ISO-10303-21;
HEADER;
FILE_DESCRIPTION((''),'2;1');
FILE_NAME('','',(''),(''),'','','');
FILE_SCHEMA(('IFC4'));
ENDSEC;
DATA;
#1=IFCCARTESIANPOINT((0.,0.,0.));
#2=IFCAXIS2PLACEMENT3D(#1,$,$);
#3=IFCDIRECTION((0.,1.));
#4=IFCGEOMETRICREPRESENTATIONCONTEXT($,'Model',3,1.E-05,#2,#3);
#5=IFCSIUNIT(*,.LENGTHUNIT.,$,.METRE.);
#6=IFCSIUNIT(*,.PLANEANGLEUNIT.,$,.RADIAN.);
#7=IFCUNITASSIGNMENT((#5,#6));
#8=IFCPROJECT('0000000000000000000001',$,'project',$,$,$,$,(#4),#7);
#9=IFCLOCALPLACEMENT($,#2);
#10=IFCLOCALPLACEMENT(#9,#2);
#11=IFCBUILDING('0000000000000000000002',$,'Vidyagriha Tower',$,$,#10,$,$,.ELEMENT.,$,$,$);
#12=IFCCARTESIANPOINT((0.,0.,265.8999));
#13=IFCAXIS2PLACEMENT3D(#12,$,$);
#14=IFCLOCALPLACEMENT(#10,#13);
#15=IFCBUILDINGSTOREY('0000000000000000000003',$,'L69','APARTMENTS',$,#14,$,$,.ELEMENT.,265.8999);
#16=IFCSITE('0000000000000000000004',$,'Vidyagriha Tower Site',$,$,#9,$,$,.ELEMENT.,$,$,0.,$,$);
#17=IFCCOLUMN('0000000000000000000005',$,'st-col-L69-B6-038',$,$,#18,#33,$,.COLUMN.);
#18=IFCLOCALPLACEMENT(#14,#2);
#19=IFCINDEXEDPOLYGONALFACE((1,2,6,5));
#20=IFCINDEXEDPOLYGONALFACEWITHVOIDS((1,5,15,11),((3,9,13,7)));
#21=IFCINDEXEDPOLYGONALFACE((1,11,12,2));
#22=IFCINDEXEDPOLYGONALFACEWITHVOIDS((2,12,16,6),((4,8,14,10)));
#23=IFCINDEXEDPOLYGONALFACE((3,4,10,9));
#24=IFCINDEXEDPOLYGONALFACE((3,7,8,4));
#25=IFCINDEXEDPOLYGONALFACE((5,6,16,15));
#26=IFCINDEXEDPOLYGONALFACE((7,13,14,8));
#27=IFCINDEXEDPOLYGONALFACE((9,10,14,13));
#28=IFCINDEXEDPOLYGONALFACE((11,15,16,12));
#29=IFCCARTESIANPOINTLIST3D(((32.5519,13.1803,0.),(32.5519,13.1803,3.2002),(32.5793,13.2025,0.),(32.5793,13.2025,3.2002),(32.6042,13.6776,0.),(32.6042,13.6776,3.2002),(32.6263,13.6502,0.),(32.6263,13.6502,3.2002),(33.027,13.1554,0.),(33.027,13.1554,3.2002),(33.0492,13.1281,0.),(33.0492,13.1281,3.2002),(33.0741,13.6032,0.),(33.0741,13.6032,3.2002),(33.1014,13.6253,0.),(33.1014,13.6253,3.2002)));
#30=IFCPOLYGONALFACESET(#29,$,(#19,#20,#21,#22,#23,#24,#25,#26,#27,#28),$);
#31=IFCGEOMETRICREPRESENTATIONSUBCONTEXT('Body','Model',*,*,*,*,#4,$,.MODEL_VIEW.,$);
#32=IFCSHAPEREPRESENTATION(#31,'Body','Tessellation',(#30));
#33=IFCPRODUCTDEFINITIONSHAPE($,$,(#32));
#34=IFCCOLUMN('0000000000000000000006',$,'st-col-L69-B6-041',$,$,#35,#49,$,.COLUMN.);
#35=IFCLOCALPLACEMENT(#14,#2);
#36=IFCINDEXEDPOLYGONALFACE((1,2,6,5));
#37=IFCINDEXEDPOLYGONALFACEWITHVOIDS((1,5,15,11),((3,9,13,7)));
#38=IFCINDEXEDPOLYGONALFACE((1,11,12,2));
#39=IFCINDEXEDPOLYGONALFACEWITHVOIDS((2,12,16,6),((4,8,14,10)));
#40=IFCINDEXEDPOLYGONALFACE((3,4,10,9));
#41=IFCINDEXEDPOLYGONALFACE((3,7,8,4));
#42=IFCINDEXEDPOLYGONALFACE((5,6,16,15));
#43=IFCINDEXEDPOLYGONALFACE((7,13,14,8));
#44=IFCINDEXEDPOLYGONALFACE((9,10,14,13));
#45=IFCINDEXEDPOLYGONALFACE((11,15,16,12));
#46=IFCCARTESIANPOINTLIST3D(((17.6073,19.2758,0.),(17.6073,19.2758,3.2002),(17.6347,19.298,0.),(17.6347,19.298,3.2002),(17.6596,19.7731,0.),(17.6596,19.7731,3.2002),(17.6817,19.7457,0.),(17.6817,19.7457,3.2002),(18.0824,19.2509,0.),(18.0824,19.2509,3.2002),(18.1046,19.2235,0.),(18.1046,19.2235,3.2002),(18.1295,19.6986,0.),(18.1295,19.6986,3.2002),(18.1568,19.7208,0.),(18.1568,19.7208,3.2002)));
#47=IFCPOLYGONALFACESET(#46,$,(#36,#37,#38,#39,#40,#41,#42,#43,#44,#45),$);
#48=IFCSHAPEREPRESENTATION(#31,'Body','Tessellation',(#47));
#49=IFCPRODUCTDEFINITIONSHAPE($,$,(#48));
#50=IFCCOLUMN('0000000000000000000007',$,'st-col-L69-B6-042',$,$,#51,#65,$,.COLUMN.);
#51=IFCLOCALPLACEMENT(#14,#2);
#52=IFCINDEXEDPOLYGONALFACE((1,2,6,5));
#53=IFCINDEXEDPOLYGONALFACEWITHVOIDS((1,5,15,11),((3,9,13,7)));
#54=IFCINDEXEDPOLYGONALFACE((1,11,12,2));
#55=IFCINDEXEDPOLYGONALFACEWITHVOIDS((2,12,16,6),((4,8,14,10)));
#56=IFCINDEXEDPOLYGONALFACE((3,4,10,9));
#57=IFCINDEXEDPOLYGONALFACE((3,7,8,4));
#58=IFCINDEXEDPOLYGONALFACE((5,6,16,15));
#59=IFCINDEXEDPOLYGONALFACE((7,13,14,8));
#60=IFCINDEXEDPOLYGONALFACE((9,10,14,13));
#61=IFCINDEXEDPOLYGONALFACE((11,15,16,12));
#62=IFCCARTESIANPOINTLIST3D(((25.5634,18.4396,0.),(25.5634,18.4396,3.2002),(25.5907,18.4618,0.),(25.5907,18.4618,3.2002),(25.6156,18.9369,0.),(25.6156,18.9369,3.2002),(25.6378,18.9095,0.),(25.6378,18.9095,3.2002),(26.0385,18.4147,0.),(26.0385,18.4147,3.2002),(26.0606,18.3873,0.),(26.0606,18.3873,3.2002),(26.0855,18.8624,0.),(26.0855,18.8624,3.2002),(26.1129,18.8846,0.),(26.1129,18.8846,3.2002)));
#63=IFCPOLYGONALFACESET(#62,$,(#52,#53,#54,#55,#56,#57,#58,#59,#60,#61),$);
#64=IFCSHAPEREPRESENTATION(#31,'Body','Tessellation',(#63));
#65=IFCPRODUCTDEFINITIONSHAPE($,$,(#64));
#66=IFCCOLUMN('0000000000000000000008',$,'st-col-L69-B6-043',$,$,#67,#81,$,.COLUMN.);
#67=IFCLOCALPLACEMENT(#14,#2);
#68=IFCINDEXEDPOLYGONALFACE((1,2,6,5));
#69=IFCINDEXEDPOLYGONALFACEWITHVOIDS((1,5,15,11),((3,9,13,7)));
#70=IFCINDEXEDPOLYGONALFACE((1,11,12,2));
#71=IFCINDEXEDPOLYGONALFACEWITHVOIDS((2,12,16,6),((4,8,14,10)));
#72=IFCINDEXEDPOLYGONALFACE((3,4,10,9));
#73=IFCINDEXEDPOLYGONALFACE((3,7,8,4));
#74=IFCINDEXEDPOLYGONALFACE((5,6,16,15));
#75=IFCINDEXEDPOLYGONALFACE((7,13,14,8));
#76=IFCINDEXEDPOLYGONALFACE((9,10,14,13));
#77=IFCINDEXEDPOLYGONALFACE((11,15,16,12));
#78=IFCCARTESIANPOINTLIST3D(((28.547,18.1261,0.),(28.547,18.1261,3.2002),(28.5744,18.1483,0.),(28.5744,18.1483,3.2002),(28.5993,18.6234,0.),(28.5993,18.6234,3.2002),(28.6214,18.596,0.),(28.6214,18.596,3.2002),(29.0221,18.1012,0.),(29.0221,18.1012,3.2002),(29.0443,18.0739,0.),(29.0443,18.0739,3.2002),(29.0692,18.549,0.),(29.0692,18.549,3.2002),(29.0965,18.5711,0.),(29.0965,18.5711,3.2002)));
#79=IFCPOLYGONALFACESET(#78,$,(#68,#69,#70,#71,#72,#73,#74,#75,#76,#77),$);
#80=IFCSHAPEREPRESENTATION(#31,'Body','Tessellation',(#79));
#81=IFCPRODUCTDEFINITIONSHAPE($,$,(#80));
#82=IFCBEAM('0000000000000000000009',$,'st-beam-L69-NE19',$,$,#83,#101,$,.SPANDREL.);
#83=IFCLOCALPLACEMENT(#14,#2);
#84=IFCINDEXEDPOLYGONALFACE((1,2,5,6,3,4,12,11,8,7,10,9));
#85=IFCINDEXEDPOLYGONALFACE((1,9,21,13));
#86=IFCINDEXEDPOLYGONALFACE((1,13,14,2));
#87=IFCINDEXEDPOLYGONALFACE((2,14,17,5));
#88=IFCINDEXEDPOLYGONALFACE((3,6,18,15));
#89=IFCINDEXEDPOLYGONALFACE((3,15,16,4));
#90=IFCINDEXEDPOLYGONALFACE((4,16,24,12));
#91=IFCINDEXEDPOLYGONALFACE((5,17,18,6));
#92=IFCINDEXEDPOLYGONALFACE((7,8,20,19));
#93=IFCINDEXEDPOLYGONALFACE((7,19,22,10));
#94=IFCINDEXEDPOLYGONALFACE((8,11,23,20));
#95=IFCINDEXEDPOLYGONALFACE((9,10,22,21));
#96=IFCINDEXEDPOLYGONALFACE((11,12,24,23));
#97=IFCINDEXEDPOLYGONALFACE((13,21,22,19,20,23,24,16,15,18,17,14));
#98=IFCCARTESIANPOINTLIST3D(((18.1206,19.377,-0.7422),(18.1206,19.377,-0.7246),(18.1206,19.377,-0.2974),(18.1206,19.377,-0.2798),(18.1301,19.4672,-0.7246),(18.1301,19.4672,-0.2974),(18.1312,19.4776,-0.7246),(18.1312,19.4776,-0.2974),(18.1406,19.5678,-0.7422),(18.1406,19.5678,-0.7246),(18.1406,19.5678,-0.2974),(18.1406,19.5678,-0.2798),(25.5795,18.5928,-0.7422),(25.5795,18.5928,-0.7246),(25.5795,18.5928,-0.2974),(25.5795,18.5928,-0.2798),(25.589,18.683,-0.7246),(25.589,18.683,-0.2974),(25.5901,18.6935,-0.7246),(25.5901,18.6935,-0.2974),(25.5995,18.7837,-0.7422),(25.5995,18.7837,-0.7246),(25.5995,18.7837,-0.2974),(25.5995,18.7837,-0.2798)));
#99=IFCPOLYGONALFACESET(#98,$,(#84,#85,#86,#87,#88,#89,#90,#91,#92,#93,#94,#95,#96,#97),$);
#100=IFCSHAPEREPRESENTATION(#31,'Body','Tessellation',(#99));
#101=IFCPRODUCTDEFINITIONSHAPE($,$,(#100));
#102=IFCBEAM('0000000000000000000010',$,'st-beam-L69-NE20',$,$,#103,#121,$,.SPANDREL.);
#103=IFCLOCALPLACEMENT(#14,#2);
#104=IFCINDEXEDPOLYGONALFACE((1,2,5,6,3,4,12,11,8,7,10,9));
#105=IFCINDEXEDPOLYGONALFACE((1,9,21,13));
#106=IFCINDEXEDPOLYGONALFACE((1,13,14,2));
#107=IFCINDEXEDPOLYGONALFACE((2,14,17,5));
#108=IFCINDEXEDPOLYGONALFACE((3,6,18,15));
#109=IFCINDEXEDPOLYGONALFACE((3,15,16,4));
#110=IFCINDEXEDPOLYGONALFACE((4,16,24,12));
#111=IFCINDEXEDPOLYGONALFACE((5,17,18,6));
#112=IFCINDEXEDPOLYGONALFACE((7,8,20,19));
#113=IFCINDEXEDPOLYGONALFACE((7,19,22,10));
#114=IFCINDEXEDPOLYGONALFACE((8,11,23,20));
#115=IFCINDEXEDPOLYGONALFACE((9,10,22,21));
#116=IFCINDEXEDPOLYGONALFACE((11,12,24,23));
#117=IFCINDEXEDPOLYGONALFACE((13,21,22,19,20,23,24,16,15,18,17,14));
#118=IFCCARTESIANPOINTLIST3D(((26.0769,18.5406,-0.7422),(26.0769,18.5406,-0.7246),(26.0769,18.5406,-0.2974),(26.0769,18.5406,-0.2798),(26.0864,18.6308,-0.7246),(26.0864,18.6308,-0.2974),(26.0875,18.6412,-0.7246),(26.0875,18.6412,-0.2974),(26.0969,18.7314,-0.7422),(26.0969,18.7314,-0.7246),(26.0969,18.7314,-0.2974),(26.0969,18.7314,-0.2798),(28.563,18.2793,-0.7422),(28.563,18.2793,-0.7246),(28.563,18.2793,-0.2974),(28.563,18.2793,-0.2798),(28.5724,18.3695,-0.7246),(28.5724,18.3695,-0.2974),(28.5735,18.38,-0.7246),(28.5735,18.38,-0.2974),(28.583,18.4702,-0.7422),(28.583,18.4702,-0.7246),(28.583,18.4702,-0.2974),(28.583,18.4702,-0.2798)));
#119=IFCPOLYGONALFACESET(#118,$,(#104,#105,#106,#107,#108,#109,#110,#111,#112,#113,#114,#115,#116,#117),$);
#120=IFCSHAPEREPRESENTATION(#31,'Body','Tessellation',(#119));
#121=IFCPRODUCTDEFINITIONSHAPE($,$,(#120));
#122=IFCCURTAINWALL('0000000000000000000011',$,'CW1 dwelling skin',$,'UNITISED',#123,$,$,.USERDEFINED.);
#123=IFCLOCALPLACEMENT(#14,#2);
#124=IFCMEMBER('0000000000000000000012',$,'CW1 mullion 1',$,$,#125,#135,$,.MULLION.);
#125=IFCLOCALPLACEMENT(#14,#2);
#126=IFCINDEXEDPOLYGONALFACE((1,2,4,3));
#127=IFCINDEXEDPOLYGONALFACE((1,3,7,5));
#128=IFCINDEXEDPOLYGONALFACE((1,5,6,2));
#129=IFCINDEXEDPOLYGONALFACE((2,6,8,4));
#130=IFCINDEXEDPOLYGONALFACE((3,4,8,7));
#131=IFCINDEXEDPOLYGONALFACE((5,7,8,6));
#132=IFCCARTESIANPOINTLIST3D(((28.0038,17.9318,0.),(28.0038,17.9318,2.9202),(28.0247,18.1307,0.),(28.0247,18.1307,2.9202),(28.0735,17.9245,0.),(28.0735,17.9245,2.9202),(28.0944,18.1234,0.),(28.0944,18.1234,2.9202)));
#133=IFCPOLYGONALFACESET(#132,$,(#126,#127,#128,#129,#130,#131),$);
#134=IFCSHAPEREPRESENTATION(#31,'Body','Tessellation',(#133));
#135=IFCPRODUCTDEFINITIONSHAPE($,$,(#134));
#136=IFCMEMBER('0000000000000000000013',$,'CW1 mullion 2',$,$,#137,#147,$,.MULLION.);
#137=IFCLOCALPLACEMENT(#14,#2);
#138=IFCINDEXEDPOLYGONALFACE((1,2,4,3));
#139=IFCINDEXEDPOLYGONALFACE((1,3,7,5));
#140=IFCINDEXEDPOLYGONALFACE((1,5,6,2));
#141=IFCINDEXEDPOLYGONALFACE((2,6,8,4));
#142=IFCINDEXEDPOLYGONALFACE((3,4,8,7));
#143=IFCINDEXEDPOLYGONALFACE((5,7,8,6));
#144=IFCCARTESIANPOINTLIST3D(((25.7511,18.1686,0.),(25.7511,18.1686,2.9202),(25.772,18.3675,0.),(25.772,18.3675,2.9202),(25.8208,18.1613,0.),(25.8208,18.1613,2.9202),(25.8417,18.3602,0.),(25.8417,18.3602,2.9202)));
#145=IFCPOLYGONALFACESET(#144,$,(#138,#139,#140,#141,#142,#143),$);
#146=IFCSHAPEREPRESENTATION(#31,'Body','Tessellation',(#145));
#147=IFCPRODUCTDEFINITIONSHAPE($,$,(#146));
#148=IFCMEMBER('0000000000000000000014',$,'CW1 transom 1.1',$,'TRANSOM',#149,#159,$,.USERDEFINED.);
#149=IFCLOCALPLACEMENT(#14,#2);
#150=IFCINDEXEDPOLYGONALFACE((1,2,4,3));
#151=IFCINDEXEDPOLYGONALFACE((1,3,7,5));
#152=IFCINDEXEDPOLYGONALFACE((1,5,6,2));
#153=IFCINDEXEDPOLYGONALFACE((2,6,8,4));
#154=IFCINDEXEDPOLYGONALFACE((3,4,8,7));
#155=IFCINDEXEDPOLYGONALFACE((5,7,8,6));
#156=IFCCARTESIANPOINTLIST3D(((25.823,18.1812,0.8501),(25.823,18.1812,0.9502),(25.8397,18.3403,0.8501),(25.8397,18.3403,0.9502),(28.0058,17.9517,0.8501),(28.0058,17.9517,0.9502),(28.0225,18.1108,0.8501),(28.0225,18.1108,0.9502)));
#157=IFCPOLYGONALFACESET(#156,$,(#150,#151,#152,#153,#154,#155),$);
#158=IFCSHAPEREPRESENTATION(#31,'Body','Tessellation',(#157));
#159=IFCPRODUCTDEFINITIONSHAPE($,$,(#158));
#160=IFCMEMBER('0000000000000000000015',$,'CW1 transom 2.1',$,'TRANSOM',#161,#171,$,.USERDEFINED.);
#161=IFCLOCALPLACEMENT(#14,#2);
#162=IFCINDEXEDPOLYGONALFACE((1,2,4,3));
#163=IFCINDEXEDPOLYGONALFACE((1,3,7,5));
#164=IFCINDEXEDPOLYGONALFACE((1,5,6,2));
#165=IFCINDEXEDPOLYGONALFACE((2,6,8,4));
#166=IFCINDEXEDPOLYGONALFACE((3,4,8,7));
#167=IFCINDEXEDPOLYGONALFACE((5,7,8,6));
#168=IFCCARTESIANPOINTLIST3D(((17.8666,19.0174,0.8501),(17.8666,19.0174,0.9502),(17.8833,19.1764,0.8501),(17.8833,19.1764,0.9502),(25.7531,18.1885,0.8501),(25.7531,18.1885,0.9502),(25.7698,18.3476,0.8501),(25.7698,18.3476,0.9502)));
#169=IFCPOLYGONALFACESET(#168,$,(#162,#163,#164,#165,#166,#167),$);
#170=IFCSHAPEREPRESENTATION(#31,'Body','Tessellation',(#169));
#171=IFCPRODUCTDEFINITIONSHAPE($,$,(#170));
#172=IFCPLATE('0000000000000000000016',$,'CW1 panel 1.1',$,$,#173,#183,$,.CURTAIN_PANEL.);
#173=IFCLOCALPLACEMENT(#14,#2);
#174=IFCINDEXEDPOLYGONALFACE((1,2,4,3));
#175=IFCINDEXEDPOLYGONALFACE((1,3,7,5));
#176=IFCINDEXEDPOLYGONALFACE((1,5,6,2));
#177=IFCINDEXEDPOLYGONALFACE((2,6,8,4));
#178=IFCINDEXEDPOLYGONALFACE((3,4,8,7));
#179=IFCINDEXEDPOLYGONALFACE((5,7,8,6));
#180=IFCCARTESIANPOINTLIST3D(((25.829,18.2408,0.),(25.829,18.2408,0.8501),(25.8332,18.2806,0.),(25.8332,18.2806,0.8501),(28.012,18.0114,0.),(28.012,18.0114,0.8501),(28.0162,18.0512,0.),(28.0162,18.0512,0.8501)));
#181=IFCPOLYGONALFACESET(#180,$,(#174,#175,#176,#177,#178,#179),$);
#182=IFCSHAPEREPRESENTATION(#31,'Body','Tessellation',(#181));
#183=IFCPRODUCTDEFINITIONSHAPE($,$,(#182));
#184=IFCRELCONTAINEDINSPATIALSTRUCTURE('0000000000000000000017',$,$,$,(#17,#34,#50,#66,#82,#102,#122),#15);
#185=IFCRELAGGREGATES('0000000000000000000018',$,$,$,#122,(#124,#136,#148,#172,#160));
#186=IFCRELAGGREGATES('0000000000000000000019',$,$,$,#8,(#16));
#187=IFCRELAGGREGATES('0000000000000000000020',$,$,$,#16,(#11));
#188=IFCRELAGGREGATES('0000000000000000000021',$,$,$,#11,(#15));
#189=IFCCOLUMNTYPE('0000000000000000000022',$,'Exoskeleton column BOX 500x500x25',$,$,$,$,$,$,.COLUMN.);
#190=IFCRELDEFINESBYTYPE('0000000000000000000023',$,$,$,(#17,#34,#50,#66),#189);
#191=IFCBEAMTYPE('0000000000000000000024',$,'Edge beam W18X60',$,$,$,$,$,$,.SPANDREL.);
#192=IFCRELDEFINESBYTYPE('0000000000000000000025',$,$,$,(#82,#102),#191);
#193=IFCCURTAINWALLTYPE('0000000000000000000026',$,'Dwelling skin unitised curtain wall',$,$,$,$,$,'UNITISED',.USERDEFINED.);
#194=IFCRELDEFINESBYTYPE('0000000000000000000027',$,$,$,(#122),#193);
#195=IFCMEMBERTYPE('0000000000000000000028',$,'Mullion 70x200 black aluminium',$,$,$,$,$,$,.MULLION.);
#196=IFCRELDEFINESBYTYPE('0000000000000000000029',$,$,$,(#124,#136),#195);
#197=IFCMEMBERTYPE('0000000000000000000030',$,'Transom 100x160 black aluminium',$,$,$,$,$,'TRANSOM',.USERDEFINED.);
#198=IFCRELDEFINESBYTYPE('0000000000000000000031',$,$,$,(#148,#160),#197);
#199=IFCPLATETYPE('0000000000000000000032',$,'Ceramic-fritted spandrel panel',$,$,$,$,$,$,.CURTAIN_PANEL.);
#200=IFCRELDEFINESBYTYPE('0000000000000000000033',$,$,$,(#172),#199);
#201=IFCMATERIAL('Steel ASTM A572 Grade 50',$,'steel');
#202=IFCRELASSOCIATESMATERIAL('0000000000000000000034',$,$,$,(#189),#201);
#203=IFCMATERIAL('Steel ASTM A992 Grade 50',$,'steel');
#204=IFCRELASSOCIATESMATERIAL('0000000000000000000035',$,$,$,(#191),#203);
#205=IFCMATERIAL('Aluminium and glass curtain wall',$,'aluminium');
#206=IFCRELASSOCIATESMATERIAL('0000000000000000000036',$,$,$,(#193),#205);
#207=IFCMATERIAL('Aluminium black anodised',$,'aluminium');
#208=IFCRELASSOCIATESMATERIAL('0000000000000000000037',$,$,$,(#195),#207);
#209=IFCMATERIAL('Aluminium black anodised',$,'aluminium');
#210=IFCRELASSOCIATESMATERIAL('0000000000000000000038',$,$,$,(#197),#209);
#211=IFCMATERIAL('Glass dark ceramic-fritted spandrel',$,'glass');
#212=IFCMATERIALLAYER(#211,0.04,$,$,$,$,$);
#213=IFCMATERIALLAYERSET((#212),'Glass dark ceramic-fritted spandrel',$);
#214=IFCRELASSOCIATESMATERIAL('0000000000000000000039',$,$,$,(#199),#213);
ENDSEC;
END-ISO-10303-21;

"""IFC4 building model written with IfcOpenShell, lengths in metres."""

from ifc_helpers import new_model, si_unit, direction, frame, origin, origin_2d, place, context, subcontext, project, spatial, rectangle, hollow_rectangle, i_section, extrude, material, layer, layer_set, material_profile, profile_set, type_object, element, aggregate, save


model = new_model("IFC4")

# Units and contexts
model_context = context("Model", 3, precision=1e-05, world=origin(), true_north=direction((0.0, 1.0)))
body_context = subcontext(model_context, "Body", "Model", "MODEL_VIEW")
ifc_project = project(units=[si_unit("LENGTHUNIT", "METRE"), si_unit("PLANEANGLEUNIT", "RADIAN")], contexts=[model_context])

# Site, building, storey
site_placement = place(None, origin())
site = spatial("IfcSite", under=ifc_project, at=site_placement, Name="Vidyagriha Tower Site", CompositionType="ELEMENT", RefElevation=0.0)
building_placement = place(site_placement, origin())
building = spatial("IfcBuilding", under=site, at=building_placement, Name="Vidyagriha Tower", CompositionType="ELEMENT")
storey_placement = place(building_placement, frame((0.0, 0.0, 265.8999)))
storey = spatial("IfcBuildingStorey", under=building, at=storey_placement, Name="L69", Description="APARTMENTS", CompositionType="ELEMENT", Elevation=265.8999)

# Columns
ifc_material_1 = material(Name="Steel ASTM A572 Grade 50", Category="steel")
ifc_material_profile_1 = material_profile(ifc_material_1, hollow_rectangle(XDim=0.5, YDim=0.5, WallThickness=0.0249, at=origin_2d()), Name="BOX 500x500x25")
ifc_profile_set_1 = profile_set([ifc_material_profile_1], Name="Steel ASTM A572 Grade 50")
column_type = type_object("IfcColumnType", Name="Exoskeleton column BOX 500x500x25", PredefinedType="COLUMN", material=ifc_profile_set_1)
for number, where, z_axis, x_axis, name in (
    (1, (32.8267, 13.4028, 0.0), (0.0, 0.0, 1.0), (0.994522, -0.104528, 0.0), "st-col-L69-B6-038"),
    (2, (17.8821, 19.4983, 0.0), (0.0, 0.0, 1.0), (0.994522, -0.104528, 0.0), "st-col-L69-B6-041"),
    (3, (25.8381, 18.6621, 0.0), (0.0, 0.0, 1.0), (0.994522, -0.104528, 0.0), "st-col-L69-B6-042"),
    (4, (28.8218, 18.3486, 0.0), (0.0, 0.0, 1.0), (0.994522, -0.104528, 0.0), "st-col-L69-B6-043"),
):
    element("IfcColumn", number, at=place(storey_placement, frame(where, z_axis=z_axis, x_axis=x_axis)), inside=storey, type_object=column_type, Name=name, PredefinedType="COLUMN", context=body_context, shape_type="SweptSolid", body=[
        extrude(hollow_rectangle(XDim=0.5, YDim=0.5, WallThickness=0.0249, at=origin_2d()), origin(), (0.0, 0.0, 1.0), 3.2002),
    ])

# Beams
ifc_material_2 = material(Name="Steel ASTM A992 Grade 50", Category="steel")
ifc_material_profile_2 = material_profile(ifc_material_2, i_section(OverallWidth=0.1919, OverallDepth=0.4624, WebThickness=0.0105, FlangeThickness=0.0176, at=origin_2d()), Name="W18X60")
ifc_profile_set_2 = profile_set([ifc_material_profile_2], Name="Steel ASTM A992 Grade 50")
beam_type = type_object("IfcBeamType", Name="Edge beam W18X60", PredefinedType="SPANDREL", material=ifc_profile_set_2)
beam_1_placement = place(storey_placement, frame((18.1306, 19.4724, -0.511), z_axis=(0.994519, -0.104556, 0.0), x_axis=(0.104556, 0.994519, 0.0)))
element("IfcBeam", 5, at=beam_1_placement, inside=storey, type_object=beam_type, Name="st-beam-L69-NE19", PredefinedType="SPANDREL", context=body_context, shape_type="SweptSolid", body=[
    extrude(i_section(OverallWidth=0.1919, OverallDepth=0.4624, WebThickness=0.0105, FlangeThickness=0.0176, at=origin_2d()), origin(), (0.0, 0.0, 1.0), 7.5),
])
beam_2_placement = place(storey_placement, frame((26.0869, 18.636, -0.511), z_axis=(0.994525, -0.104502, 0.0), x_axis=(0.104502, 0.994525, 0.0)))
element("IfcBeam", 6, at=beam_2_placement, inside=storey, type_object=beam_type, Name="st-beam-L69-NE20", PredefinedType="SPANDREL", context=body_context, shape_type="SweptSolid", body=[
    extrude(i_section(OverallWidth=0.1919, OverallDepth=0.4624, WebThickness=0.0105, FlangeThickness=0.0176, at=origin_2d()), origin(), (0.0, 0.0, 1.0), 2.4998),
])

# Curtain wall, members, plate
ifc_material_3 = material(Name="Aluminium and glass curtain wall", Category="aluminium")
curtain_wall_type = type_object("IfcCurtainWallType", Name="Dwelling skin unitised curtain wall", ElementType="UNITISED", PredefinedType="USERDEFINED", material=ifc_material_3)
curtain_wall_placement = place(storey_placement, origin())
curtain_wall = element("IfcCurtainWall", 7, at=curtain_wall_placement, inside=storey, type_object=curtain_wall_type, Name="CW1 dwelling skin", ObjectType="UNITISED", PredefinedType="USERDEFINED")
ifc_material_4 = material(Name="Aluminium black anodised", Category="aluminium")
ifc_material_profile_3 = material_profile(ifc_material_4, rectangle(XDim=0.2, YDim=0.0701, at=origin_2d()), Name="Mullion 70x200 black aluminium")
ifc_profile_set_3 = profile_set([ifc_material_profile_3], Name="Aluminium black anodised")
member_type_1 = type_object("IfcMemberType", Name="Mullion 70x200 black aluminium", PredefinedType="MULLION", material=ifc_profile_set_3)
member_1_placement = place(storey_placement, frame((28.0491, 18.0276, 0.0), z_axis=(0.0, 0.0, 1.0), x_axis=(-0.104529, -0.994522, 0.0)))
member_1 = element("IfcMember", 8, at=member_1_placement, type_object=member_type_1, Name="CW1 mullion 1", PredefinedType="MULLION", context=body_context, shape_type="SweptSolid", body=[
    extrude(rectangle(XDim=0.2, YDim=0.0701, at=origin_2d()), origin(), (0.0, 0.0, 1.0), 2.9202),
])
member_2_placement = place(storey_placement, frame((25.7964, 18.2644, 0.0), z_axis=(0.0, 0.0, 1.0), x_axis=(-0.104529, -0.994522, 0.0)))
member_2 = element("IfcMember", 9, at=member_2_placement, type_object=member_type_1, Name="CW1 mullion 2", PredefinedType="MULLION", context=body_context, shape_type="SweptSolid", body=[
    extrude(rectangle(XDim=0.2, YDim=0.0701, at=origin_2d()), origin(), (0.0, 0.0, 1.0), 2.9202),
])
ifc_material_5 = material(Name="Aluminium black anodised", Category="aluminium")
ifc_material_profile_4 = material_profile(ifc_material_5, rectangle(XDim=0.1599, YDim=0.1001, at=origin_2d()), Name="Transom 100x160 black aluminium")
ifc_profile_set_4 = profile_set([ifc_material_profile_4], Name="Aluminium black anodised")
member_type_2 = type_object("IfcMemberType", Name="Transom 100x160 black aluminium", ElementType="TRANSOM", PredefinedType="USERDEFINED", material=ifc_profile_set_4)
member_3_placement = place(storey_placement, frame((28.0142, 18.0312, 0.9001), z_axis=(-0.994519, 0.104557, 0.0), x_axis=(-0.104557, -0.994519, 0.0)))
member_3 = element("IfcMember", 10, at=member_3_placement, type_object=member_type_2, Name="CW1 transom 1.1", ObjectType="TRANSOM", PredefinedType="USERDEFINED", context=body_context, shape_type="SweptSolid", body=[
    extrude(rectangle(XDim=0.1599, YDim=0.1001, at=origin_2d()), origin(), (0.0, 0.0, 1.0), 2.1948),
])
member_4_placement = place(storey_placement, frame((25.7615, 18.2681, 0.9001), z_axis=(-0.994522, 0.104523, 0.0), x_axis=(-0.104523, -0.994522, 0.0)))
member_4 = element("IfcMember", 11, at=member_4_placement, type_object=member_type_2, Name="CW1 transom 2.1", ObjectType="TRANSOM", PredefinedType="USERDEFINED", context=body_context, shape_type="SweptSolid", body=[
    extrude(rectangle(XDim=0.1599, YDim=0.1001, at=origin_2d()), origin(), (0.0, 0.0, 1.0), 7.9299),
])
ifc_material_6 = material(Name="Glass dark ceramic-fritted spandrel", Category="glass")
ifc_layer_1 = layer(ifc_material_6, 0.04)
ifc_layer_set_1 = layer_set([ifc_layer_1], Name="Glass dark ceramic-fritted spandrel")
plate_type_1 = type_object("IfcPlateType", Name="Ceramic-fritted spandrel panel", PredefinedType="CURTAIN_PANEL", material=ifc_layer_set_1)
plate_1_placement = place(storey_placement, frame((26.9226, 18.146, 0.0), z_axis=(0.0, 0.0, 1.0), x_axis=(-0.994522, 0.104529, 0.0)))
plate_1 = element("IfcPlate", 12, at=plate_1_placement, type_object=plate_type_1, Name="CW1 panel 1.1", PredefinedType="CURTAIN_PANEL", context=body_context, shape_type="SweptSolid", body=[
    extrude(rectangle(XDim=2.1951, YDim=0.04, at=origin_2d()), origin(), (0.0, 0.0, 1.0), 0.8501),
])
aggregate(curtain_wall, [member_1, member_2, member_3, plate_1, member_4])

save(model, "model.ifc")
